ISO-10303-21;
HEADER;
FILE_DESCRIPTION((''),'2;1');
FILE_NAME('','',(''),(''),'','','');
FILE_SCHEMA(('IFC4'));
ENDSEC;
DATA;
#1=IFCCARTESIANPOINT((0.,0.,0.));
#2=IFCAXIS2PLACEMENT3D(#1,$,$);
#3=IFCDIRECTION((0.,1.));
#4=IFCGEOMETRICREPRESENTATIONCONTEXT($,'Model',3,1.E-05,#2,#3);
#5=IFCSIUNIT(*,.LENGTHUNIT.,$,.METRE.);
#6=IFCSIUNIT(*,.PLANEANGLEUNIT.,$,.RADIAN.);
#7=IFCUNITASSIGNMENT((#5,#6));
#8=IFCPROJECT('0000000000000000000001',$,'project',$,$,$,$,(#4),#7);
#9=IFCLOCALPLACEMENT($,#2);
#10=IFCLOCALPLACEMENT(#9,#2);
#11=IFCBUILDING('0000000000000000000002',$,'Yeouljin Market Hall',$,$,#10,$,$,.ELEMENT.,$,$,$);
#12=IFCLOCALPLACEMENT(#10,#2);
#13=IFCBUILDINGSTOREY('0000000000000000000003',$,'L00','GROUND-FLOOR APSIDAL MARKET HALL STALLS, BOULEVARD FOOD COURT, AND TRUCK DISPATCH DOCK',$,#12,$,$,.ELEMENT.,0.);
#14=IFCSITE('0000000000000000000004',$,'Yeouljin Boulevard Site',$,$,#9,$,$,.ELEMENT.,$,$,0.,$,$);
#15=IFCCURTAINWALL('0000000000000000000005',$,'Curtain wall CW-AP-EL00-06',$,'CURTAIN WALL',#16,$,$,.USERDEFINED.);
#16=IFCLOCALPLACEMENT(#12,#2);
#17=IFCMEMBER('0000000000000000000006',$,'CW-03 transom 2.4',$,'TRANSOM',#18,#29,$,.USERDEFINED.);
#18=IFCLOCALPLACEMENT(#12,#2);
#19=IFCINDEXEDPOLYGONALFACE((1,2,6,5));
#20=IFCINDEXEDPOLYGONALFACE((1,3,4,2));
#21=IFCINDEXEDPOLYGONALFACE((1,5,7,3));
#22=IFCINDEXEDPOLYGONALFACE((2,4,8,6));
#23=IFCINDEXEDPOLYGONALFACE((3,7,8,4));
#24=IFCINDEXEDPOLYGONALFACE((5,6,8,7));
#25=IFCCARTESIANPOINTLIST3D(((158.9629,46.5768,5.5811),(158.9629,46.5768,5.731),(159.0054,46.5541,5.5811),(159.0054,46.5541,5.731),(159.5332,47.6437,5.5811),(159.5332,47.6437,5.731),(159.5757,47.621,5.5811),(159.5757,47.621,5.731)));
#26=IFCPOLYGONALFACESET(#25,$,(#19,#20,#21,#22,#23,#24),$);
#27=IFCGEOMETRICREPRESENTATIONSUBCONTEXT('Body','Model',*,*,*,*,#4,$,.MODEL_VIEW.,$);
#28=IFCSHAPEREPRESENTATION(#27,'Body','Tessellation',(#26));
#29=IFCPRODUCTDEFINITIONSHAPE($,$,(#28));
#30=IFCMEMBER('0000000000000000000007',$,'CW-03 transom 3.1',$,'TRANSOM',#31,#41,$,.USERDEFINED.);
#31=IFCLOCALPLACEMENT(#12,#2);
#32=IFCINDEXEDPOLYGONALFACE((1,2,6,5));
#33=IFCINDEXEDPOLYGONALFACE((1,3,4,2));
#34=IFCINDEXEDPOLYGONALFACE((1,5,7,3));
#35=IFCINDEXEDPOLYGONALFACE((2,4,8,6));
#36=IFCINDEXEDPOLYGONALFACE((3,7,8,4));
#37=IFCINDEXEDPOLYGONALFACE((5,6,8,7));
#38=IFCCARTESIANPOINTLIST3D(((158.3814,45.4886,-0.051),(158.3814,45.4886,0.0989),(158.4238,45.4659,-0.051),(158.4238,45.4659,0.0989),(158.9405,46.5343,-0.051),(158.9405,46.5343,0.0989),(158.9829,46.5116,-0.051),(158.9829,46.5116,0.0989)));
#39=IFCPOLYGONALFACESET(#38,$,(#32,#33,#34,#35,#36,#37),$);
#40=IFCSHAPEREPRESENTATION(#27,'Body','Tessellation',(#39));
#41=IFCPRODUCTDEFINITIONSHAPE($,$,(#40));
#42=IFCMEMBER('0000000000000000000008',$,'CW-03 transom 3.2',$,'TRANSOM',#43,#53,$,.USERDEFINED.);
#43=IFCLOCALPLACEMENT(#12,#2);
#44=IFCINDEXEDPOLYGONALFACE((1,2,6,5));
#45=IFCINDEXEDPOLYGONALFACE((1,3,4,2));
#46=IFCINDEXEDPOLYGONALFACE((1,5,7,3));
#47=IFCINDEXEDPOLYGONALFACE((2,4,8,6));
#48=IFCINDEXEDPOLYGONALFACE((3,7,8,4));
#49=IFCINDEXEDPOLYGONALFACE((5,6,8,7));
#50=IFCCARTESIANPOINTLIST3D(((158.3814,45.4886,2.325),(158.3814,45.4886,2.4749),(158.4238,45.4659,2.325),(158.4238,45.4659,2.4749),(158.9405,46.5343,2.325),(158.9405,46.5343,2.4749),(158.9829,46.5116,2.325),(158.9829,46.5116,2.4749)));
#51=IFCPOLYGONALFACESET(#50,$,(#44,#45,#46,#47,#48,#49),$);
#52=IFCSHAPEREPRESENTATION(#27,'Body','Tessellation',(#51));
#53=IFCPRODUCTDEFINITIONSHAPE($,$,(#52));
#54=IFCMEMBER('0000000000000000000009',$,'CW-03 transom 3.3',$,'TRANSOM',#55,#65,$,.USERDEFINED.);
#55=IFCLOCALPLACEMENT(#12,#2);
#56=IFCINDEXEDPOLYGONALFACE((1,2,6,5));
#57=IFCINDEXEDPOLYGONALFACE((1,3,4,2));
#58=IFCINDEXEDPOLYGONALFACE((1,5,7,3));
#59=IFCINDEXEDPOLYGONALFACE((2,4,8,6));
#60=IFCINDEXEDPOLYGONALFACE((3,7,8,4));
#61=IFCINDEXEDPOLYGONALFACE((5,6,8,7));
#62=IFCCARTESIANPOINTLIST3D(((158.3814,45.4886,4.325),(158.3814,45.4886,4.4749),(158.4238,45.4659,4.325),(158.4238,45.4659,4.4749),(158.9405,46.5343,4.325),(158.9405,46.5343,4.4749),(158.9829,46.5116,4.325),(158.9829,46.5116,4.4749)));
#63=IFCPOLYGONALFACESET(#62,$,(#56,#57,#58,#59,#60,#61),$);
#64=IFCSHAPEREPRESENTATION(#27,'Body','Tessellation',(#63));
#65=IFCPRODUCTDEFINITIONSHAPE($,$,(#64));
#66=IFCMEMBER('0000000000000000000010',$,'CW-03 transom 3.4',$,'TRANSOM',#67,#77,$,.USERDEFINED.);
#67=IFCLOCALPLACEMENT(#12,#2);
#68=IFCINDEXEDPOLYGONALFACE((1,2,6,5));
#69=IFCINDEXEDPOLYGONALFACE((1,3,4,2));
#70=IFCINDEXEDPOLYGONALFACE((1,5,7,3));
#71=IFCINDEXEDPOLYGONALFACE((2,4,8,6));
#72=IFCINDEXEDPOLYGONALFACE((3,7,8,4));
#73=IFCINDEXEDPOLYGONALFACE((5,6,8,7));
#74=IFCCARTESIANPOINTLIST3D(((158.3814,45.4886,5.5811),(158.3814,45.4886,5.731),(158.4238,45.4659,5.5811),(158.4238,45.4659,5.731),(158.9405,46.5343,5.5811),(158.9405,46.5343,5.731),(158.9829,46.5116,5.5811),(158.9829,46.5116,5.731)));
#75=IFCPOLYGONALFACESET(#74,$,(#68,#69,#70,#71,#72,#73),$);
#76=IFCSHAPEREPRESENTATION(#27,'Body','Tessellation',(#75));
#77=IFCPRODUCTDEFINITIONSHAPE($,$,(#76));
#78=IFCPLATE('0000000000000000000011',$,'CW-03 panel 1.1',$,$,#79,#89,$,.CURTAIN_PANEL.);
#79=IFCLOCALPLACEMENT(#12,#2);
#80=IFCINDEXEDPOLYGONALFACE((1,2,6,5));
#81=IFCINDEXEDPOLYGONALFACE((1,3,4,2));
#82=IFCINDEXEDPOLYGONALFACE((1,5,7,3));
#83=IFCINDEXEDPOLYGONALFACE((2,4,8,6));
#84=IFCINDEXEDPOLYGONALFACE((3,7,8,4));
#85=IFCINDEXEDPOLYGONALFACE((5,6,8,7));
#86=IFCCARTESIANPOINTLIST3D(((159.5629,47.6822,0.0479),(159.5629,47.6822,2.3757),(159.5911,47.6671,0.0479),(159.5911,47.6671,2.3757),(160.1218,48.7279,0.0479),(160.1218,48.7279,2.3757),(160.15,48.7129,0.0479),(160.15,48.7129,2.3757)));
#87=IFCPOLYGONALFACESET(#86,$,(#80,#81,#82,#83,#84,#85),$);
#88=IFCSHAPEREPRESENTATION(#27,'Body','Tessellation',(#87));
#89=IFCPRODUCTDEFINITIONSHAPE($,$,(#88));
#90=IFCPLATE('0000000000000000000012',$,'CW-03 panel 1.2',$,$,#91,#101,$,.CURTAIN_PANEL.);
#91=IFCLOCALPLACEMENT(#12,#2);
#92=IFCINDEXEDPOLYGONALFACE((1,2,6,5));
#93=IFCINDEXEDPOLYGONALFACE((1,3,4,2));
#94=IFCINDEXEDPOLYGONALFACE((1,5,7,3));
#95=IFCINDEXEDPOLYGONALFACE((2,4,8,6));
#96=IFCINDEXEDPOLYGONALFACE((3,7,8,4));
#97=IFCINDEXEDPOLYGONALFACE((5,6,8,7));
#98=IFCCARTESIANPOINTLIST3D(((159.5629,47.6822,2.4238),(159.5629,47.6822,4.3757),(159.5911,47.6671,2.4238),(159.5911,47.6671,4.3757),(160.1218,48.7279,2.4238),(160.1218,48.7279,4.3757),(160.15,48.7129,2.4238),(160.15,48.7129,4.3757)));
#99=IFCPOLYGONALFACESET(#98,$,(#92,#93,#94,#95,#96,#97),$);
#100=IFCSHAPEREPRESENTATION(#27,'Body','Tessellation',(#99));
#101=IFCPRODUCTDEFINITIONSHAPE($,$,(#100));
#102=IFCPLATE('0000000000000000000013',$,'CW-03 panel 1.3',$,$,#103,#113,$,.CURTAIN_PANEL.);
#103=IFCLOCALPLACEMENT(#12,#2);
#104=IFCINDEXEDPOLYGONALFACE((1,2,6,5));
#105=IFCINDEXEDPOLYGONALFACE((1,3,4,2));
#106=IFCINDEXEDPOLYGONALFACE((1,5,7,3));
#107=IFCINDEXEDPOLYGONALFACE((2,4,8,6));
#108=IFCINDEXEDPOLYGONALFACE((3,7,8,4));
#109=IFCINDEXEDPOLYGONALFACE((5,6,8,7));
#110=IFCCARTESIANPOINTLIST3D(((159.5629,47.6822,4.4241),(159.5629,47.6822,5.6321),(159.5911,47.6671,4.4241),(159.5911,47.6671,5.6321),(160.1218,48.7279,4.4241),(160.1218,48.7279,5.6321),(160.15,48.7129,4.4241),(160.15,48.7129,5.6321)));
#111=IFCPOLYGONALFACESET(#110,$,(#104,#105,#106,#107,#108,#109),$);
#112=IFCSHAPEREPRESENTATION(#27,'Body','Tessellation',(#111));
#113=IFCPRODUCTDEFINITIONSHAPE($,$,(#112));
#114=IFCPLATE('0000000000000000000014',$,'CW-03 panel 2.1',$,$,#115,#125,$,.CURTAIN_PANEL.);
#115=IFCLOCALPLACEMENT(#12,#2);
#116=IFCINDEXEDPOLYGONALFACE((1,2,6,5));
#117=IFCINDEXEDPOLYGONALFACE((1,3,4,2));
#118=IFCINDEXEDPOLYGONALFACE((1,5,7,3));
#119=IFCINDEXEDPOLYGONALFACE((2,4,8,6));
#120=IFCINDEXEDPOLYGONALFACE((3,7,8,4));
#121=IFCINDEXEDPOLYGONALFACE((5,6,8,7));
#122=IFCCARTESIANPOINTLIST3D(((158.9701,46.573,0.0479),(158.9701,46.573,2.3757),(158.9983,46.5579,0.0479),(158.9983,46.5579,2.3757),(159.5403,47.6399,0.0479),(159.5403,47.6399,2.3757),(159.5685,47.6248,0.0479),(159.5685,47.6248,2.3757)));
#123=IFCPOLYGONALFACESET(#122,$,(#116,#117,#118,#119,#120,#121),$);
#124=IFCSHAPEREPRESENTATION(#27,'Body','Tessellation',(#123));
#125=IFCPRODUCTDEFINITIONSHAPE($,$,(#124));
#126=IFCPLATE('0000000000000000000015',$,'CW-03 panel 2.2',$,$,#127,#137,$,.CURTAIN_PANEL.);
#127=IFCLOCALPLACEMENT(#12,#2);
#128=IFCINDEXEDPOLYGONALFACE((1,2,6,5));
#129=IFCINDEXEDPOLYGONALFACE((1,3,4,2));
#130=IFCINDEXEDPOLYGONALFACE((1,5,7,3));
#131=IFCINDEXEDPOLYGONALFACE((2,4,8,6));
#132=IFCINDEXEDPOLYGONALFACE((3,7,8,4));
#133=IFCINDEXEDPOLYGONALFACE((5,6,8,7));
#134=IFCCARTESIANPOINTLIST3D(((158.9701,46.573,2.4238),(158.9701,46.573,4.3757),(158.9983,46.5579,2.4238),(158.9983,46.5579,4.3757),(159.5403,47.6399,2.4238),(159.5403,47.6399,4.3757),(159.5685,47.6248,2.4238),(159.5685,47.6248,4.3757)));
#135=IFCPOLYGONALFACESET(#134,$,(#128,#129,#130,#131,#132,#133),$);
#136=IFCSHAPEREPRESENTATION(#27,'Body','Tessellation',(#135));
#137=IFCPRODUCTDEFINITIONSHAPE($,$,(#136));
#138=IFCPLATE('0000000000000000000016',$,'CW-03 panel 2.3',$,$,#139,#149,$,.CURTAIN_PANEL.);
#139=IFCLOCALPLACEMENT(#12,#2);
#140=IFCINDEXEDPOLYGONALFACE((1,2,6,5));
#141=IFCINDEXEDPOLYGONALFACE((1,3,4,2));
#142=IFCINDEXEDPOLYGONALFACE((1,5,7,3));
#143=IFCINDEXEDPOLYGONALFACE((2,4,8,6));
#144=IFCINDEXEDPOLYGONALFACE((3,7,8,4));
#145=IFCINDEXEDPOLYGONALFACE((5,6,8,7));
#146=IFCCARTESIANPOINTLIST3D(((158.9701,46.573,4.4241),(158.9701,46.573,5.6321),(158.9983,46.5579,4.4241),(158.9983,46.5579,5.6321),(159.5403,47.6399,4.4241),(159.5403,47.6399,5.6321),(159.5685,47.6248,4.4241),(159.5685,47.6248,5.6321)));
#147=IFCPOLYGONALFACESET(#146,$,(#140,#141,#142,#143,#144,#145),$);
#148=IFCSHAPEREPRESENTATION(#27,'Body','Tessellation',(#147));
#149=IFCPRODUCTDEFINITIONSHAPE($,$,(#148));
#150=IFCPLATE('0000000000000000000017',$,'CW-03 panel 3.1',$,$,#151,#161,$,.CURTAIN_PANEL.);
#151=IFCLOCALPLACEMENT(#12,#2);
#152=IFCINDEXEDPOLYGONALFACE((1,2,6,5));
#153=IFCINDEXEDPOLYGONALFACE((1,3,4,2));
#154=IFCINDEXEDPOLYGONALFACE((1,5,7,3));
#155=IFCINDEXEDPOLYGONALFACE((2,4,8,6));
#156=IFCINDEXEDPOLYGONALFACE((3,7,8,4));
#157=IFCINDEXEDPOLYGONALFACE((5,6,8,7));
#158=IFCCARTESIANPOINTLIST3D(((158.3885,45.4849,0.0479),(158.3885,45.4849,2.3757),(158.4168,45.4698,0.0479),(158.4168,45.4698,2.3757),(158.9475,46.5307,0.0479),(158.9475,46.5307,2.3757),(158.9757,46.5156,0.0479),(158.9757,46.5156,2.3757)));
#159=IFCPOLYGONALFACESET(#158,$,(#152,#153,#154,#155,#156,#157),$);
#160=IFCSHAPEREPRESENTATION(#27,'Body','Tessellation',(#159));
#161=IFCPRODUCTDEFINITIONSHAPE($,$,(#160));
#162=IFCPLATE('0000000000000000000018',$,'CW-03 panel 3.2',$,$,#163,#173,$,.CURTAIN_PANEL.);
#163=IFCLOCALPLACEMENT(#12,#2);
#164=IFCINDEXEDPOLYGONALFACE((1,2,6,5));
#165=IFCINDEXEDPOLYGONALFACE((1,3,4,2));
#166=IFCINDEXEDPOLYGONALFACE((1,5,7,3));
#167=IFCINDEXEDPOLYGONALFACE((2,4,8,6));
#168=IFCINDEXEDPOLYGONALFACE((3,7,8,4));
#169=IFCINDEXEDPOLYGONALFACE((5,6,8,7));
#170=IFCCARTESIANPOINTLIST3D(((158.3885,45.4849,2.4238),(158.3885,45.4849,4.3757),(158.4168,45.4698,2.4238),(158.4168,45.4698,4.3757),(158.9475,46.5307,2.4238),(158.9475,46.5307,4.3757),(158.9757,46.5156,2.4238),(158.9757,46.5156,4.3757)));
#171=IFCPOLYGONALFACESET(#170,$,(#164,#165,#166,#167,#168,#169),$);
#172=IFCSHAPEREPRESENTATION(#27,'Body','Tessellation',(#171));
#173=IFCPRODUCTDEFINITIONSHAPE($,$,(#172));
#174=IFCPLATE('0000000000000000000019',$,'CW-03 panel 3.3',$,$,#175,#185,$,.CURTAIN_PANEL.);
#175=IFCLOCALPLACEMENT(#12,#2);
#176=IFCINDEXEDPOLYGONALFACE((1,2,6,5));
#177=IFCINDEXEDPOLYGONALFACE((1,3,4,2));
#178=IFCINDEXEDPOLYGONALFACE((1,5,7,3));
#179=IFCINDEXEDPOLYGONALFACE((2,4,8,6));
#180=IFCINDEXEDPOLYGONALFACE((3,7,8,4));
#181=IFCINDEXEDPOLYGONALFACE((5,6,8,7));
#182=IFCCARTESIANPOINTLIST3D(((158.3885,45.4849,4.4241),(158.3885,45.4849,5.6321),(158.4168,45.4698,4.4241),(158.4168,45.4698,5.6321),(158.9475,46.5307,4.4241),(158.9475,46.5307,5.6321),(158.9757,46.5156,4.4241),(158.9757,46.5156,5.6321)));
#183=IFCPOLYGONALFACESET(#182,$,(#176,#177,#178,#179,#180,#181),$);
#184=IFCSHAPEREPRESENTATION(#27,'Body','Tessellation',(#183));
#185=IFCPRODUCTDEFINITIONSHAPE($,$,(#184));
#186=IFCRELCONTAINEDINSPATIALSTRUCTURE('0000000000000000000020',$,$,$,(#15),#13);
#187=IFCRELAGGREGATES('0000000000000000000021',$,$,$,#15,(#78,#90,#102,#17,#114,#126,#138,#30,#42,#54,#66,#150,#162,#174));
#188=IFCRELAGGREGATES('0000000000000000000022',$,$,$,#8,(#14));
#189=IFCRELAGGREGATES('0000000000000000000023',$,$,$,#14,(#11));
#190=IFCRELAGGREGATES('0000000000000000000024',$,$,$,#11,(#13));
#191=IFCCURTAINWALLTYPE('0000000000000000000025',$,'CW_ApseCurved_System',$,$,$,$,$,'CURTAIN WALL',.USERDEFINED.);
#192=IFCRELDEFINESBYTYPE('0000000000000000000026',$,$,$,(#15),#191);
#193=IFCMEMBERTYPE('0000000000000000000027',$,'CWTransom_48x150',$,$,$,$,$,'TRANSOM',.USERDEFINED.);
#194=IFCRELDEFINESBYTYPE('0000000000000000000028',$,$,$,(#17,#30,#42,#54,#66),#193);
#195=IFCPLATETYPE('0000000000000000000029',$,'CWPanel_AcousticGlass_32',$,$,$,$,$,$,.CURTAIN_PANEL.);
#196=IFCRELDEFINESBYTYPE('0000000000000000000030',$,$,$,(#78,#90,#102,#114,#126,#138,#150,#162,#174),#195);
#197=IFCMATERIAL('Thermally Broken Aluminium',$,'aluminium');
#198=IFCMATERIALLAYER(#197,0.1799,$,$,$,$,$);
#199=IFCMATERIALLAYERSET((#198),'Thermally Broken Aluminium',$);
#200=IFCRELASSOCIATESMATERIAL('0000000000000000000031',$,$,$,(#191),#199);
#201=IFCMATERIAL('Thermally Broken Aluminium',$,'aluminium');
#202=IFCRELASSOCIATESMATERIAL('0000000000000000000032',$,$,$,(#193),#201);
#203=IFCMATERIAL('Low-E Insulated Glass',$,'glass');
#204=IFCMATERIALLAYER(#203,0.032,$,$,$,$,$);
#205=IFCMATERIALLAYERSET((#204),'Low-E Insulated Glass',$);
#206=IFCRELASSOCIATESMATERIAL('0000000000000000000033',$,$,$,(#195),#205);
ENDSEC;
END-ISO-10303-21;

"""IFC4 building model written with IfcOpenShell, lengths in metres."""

from ifc_helpers import new_model, si_unit, direction, frame, origin, origin_2d, place, context, subcontext, project, spatial, rectangle, extrude, material, layer, layer_set, material_profile, profile_set, type_object, element, aggregate, save


model = new_model("IFC4")

# Units and contexts
model_context = context("Model", 3, precision=1e-05, world=origin(), true_north=direction((0.0, 1.0)))
body_context = subcontext(model_context, "Body", "Model", "MODEL_VIEW")
ifc_project = project(units=[si_unit("LENGTHUNIT", "METRE"), si_unit("PLANEANGLEUNIT", "RADIAN")], contexts=[model_context])

# Site, building, storey
site_placement = place(None, origin())
site = spatial("IfcSite", under=ifc_project, at=site_placement, Name="Yeouljin Boulevard Site", CompositionType="ELEMENT", RefElevation=0.0)
building_placement = place(site_placement, origin())
building = spatial("IfcBuilding", under=site, at=building_placement, Name="Yeouljin Market Hall", CompositionType="ELEMENT")
storey_placement = place(building_placement, origin())
storey = spatial("IfcBuildingStorey", under=building, at=storey_placement, Name="L00", Description="GROUND-FLOOR APSIDAL MARKET HALL STALLS, BOULEVARD FOOD COURT, AND TRUCK DISPATCH DOCK", CompositionType="ELEMENT", Elevation=0.0)

# Shared definitions
ifc_material_1 = material(Name="Thermally Broken Aluminium", Category="aluminium")
ifc_layer_1 = layer(ifc_material_1, 0.1799)
ifc_layer_set_1 = layer_set([ifc_layer_1], Name="Thermally Broken Aluminium")
curtain_wall_type = type_object("IfcCurtainWallType", Name="CW_ApseCurved_System", ElementType="CURTAIN WALL", PredefinedType="USERDEFINED", material=ifc_layer_set_1)

# Curtain wall
curtain_wall_1_placement = place(storey_placement, origin())
curtain_wall_1 = element("IfcCurtainWall", 1, at=curtain_wall_1_placement, inside=storey, type_object=curtain_wall_type, Name="Curtain wall CW-AP-EL00-06", ObjectType="CURTAIN WALL", PredefinedType="USERDEFINED")

# Members
ifc_material_2 = material(Name="Thermally Broken Aluminium", Category="aluminium")
ifc_material_profile_1 = material_profile(ifc_material_2, rectangle(XDim=0.0481, YDim=0.1499, at=origin_2d()), Name="CW-TRAN-48x150")
ifc_profile_set_1 = profile_set([ifc_material_profile_1], Name="Thermally Broken Aluminium")
member_type_1 = type_object("IfcMemberType", Name="CWTransom_48x150", ElementType="TRANSOM", PredefinedType="USERDEFINED", material=ifc_profile_set_1)
member_1_placement = place(storey_placement, frame((159.5544, 47.6323, 5.656), z_axis=(-0.471426, -0.881906, 0.0), x_axis=(0.881906, -0.471426, 0.0)))
member_1 = element("IfcMember", 2, at=member_1_placement, type_object=member_type_1, Name="CW-03 transom 2.4", ObjectType="TRANSOM", PredefinedType="USERDEFINED", context=body_context, shape_type="SweptSolid", body=[
    extrude(rectangle(XDim=0.0481, YDim=0.1499, at=origin_2d()), origin(), (0.0, 0.0, 1.0), 1.2097),
])
member_2_placement = place(storey_placement, frame((158.9617, 46.5229, 0.0239), z_axis=(-0.471507, -0.881862, 0.0), x_axis=(0.881862, -0.471507, 0.0)))
member_2 = element("IfcMember", 3, at=member_2_placement, type_object=member_type_1, Name="CW-03 transom 3.1", ObjectType="TRANSOM", PredefinedType="USERDEFINED", context=body_context, shape_type="SweptSolid", body=[
    extrude(rectangle(XDim=0.0481, YDim=0.1499, at=origin_2d()), origin(), (0.0, 0.0, 1.0), 1.1858),
])
member_3_placement = place(storey_placement, frame((158.9617, 46.5229, 2.3999), z_axis=(-0.471507, -0.881862, 0.0), x_axis=(0.881862, -0.471507, 0.0)))
member_3 = element("IfcMember", 4, at=member_3_placement, type_object=member_type_1, Name="CW-03 transom 3.2", ObjectType="TRANSOM", PredefinedType="USERDEFINED", context=body_context, shape_type="SweptSolid", body=[
    extrude(rectangle(XDim=0.0481, YDim=0.1499, at=origin_2d()), origin(), (0.0, 0.0, 1.0), 1.1858),
])
member_4_placement = place(storey_placement, frame((158.9617, 46.5229, 4.3999), z_axis=(-0.471507, -0.881862, 0.0), x_axis=(0.881862, -0.471507, 0.0)))
member_4 = element("IfcMember", 5, at=member_4_placement, type_object=member_type_1, Name="CW-03 transom 3.3", ObjectType="TRANSOM", PredefinedType="USERDEFINED", context=body_context, shape_type="SweptSolid", body=[
    extrude(rectangle(XDim=0.0481, YDim=0.1499, at=origin_2d()), origin(), (0.0, 0.0, 1.0), 1.1858),
])
member_5_placement = place(storey_placement, frame((158.9617, 46.5229, 5.656), z_axis=(-0.471507, -0.881862, 0.0), x_axis=(0.881862, -0.471507, 0.0)))
member_5 = element("IfcMember", 6, at=member_5_placement, type_object=member_type_1, Name="CW-03 transom 3.4", ObjectType="TRANSOM", PredefinedType="USERDEFINED", context=body_context, shape_type="SweptSolid", body=[
    extrude(rectangle(XDim=0.0481, YDim=0.1499, at=origin_2d()), origin(), (0.0, 0.0, 1.0), 1.1858),
])

# Plates
ifc_material_3 = material(Name="Low-E Insulated Glass", Category="glass")
ifc_layer_2 = layer(ifc_material_3, 0.032)
ifc_layer_set_2 = layer_set([ifc_layer_2], Name="Low-E Insulated Glass")
plate_type = type_object("IfcPlateType", Name="CWPanel_AcousticGlass_32", PredefinedType="CURTAIN_PANEL", material=ifc_layer_set_2)
plate_1_placement = place(storey_placement, frame((159.8564, 48.1975, 0.0479), z_axis=(0.0, 0.0, 1.0), x_axis=(-0.471378, -0.881931, 0.0)))
plate_1 = element("IfcPlate", 7, at=plate_1_placement, type_object=plate_type, Name="CW-03 panel 1.1", PredefinedType="CURTAIN_PANEL", context=body_context, shape_type="SweptSolid", body=[
    extrude(rectangle(XDim=1.1858, YDim=0.032, at=origin_2d()), origin(), (0.0, 0.0, 1.0), 2.3279),
])
plate_2_placement = place(storey_placement, frame((159.8564, 48.1975, 2.4238), z_axis=(0.0, 0.0, 1.0), x_axis=(-0.471378, -0.881931, 0.0)))
plate_2 = element("IfcPlate", 8, at=plate_2_placement, type_object=plate_type, Name="CW-03 panel 1.2", PredefinedType="CURTAIN_PANEL", context=body_context, shape_type="SweptSolid", body=[
    extrude(rectangle(XDim=1.1858, YDim=0.032, at=origin_2d()), origin(), (0.0, 0.0, 1.0), 1.9519),
])
plate_3_placement = place(storey_placement, frame((159.8564, 48.1975, 4.4241), z_axis=(0.0, 0.0, 1.0), x_axis=(-0.471378, -0.881931, 0.0)))
plate_3 = element("IfcPlate", 9, at=plate_3_placement, type_object=plate_type, Name="CW-03 panel 1.3", PredefinedType="CURTAIN_PANEL", context=body_context, shape_type="SweptSolid", body=[
    extrude(rectangle(XDim=1.1858, YDim=0.032, at=origin_2d()), origin(), (0.0, 0.0, 1.0), 1.208),
])
plate_4_placement = place(storey_placement, frame((159.2693, 47.0989, 0.0479), z_axis=(0.0, 0.0, 1.0), x_axis=(-0.471378, -0.881931, 0.0)))
plate_4 = element("IfcPlate", 10, at=plate_4_placement, type_object=plate_type, Name="CW-03 panel 2.1", PredefinedType="CURTAIN_PANEL", context=body_context, shape_type="SweptSolid", body=[
    extrude(rectangle(XDim=1.2097, YDim=0.032, at=origin_2d()), origin(), (0.0, 0.0, 1.0), 2.3279),
])
plate_5_placement = place(storey_placement, frame((159.2693, 47.0989, 2.4238), z_axis=(0.0, 0.0, 1.0), x_axis=(-0.471378, -0.881931, 0.0)))
plate_5 = element("IfcPlate", 11, at=plate_5_placement, type_object=plate_type, Name="CW-03 panel 2.2", PredefinedType="CURTAIN_PANEL", context=body_context, shape_type="SweptSolid", body=[
    extrude(rectangle(XDim=1.2097, YDim=0.032, at=origin_2d()), origin(), (0.0, 0.0, 1.0), 1.9519),
])
plate_6_placement = place(storey_placement, frame((159.2693, 47.0989, 4.4241), z_axis=(0.0, 0.0, 1.0), x_axis=(-0.471378, -0.881931, 0.0)))
plate_6 = element("IfcPlate", 12, at=plate_6_placement, type_object=plate_type, Name="CW-03 panel 2.3", PredefinedType="CURTAIN_PANEL", context=body_context, shape_type="SweptSolid", body=[
    extrude(rectangle(XDim=1.2097, YDim=0.032, at=origin_2d()), origin(), (0.0, 0.0, 1.0), 1.208),
])
plate_7_placement = place(storey_placement, frame((158.6821, 46.0002, 0.0479), z_axis=(0.0, 0.0, 1.0), x_axis=(-0.471378, -0.881931, 0.0)))
plate_7 = element("IfcPlate", 13, at=plate_7_placement, type_object=plate_type, Name="CW-03 panel 3.1", PredefinedType="CURTAIN_PANEL", context=body_context, shape_type="SweptSolid", body=[
    extrude(rectangle(XDim=1.1858, YDim=0.032, at=origin_2d()), origin(), (0.0, 0.0, 1.0), 2.3279),
])
plate_8_placement = place(storey_placement, frame((158.6821, 46.0002, 2.4238), z_axis=(0.0, 0.0, 1.0), x_axis=(-0.471378, -0.881931, 0.0)))
plate_8 = element("IfcPlate", 14, at=plate_8_placement, type_object=plate_type, Name="CW-03 panel 3.2", PredefinedType="CURTAIN_PANEL", context=body_context, shape_type="SweptSolid", body=[
    extrude(rectangle(XDim=1.1858, YDim=0.032, at=origin_2d()), origin(), (0.0, 0.0, 1.0), 1.9519),
])
plate_9_placement = place(storey_placement, frame((158.6821, 46.0002, 4.4241), z_axis=(0.0, 0.0, 1.0), x_axis=(-0.471378, -0.881931, 0.0)))
plate_9 = element("IfcPlate", 15, at=plate_9_placement, type_object=plate_type, Name="CW-03 panel 3.3", PredefinedType="CURTAIN_PANEL", context=body_context, shape_type="SweptSolid", body=[
    extrude(rectangle(XDim=1.1858, YDim=0.032, at=origin_2d()), origin(), (0.0, 0.0, 1.0), 1.208),
])
aggregate(curtain_wall_1, [plate_1, plate_2, plate_3, member_1, plate_4, plate_5, plate_6, member_2, member_3, member_4, member_5, plate_7, plate_8, plate_9])

save(model, "model.ifc")
